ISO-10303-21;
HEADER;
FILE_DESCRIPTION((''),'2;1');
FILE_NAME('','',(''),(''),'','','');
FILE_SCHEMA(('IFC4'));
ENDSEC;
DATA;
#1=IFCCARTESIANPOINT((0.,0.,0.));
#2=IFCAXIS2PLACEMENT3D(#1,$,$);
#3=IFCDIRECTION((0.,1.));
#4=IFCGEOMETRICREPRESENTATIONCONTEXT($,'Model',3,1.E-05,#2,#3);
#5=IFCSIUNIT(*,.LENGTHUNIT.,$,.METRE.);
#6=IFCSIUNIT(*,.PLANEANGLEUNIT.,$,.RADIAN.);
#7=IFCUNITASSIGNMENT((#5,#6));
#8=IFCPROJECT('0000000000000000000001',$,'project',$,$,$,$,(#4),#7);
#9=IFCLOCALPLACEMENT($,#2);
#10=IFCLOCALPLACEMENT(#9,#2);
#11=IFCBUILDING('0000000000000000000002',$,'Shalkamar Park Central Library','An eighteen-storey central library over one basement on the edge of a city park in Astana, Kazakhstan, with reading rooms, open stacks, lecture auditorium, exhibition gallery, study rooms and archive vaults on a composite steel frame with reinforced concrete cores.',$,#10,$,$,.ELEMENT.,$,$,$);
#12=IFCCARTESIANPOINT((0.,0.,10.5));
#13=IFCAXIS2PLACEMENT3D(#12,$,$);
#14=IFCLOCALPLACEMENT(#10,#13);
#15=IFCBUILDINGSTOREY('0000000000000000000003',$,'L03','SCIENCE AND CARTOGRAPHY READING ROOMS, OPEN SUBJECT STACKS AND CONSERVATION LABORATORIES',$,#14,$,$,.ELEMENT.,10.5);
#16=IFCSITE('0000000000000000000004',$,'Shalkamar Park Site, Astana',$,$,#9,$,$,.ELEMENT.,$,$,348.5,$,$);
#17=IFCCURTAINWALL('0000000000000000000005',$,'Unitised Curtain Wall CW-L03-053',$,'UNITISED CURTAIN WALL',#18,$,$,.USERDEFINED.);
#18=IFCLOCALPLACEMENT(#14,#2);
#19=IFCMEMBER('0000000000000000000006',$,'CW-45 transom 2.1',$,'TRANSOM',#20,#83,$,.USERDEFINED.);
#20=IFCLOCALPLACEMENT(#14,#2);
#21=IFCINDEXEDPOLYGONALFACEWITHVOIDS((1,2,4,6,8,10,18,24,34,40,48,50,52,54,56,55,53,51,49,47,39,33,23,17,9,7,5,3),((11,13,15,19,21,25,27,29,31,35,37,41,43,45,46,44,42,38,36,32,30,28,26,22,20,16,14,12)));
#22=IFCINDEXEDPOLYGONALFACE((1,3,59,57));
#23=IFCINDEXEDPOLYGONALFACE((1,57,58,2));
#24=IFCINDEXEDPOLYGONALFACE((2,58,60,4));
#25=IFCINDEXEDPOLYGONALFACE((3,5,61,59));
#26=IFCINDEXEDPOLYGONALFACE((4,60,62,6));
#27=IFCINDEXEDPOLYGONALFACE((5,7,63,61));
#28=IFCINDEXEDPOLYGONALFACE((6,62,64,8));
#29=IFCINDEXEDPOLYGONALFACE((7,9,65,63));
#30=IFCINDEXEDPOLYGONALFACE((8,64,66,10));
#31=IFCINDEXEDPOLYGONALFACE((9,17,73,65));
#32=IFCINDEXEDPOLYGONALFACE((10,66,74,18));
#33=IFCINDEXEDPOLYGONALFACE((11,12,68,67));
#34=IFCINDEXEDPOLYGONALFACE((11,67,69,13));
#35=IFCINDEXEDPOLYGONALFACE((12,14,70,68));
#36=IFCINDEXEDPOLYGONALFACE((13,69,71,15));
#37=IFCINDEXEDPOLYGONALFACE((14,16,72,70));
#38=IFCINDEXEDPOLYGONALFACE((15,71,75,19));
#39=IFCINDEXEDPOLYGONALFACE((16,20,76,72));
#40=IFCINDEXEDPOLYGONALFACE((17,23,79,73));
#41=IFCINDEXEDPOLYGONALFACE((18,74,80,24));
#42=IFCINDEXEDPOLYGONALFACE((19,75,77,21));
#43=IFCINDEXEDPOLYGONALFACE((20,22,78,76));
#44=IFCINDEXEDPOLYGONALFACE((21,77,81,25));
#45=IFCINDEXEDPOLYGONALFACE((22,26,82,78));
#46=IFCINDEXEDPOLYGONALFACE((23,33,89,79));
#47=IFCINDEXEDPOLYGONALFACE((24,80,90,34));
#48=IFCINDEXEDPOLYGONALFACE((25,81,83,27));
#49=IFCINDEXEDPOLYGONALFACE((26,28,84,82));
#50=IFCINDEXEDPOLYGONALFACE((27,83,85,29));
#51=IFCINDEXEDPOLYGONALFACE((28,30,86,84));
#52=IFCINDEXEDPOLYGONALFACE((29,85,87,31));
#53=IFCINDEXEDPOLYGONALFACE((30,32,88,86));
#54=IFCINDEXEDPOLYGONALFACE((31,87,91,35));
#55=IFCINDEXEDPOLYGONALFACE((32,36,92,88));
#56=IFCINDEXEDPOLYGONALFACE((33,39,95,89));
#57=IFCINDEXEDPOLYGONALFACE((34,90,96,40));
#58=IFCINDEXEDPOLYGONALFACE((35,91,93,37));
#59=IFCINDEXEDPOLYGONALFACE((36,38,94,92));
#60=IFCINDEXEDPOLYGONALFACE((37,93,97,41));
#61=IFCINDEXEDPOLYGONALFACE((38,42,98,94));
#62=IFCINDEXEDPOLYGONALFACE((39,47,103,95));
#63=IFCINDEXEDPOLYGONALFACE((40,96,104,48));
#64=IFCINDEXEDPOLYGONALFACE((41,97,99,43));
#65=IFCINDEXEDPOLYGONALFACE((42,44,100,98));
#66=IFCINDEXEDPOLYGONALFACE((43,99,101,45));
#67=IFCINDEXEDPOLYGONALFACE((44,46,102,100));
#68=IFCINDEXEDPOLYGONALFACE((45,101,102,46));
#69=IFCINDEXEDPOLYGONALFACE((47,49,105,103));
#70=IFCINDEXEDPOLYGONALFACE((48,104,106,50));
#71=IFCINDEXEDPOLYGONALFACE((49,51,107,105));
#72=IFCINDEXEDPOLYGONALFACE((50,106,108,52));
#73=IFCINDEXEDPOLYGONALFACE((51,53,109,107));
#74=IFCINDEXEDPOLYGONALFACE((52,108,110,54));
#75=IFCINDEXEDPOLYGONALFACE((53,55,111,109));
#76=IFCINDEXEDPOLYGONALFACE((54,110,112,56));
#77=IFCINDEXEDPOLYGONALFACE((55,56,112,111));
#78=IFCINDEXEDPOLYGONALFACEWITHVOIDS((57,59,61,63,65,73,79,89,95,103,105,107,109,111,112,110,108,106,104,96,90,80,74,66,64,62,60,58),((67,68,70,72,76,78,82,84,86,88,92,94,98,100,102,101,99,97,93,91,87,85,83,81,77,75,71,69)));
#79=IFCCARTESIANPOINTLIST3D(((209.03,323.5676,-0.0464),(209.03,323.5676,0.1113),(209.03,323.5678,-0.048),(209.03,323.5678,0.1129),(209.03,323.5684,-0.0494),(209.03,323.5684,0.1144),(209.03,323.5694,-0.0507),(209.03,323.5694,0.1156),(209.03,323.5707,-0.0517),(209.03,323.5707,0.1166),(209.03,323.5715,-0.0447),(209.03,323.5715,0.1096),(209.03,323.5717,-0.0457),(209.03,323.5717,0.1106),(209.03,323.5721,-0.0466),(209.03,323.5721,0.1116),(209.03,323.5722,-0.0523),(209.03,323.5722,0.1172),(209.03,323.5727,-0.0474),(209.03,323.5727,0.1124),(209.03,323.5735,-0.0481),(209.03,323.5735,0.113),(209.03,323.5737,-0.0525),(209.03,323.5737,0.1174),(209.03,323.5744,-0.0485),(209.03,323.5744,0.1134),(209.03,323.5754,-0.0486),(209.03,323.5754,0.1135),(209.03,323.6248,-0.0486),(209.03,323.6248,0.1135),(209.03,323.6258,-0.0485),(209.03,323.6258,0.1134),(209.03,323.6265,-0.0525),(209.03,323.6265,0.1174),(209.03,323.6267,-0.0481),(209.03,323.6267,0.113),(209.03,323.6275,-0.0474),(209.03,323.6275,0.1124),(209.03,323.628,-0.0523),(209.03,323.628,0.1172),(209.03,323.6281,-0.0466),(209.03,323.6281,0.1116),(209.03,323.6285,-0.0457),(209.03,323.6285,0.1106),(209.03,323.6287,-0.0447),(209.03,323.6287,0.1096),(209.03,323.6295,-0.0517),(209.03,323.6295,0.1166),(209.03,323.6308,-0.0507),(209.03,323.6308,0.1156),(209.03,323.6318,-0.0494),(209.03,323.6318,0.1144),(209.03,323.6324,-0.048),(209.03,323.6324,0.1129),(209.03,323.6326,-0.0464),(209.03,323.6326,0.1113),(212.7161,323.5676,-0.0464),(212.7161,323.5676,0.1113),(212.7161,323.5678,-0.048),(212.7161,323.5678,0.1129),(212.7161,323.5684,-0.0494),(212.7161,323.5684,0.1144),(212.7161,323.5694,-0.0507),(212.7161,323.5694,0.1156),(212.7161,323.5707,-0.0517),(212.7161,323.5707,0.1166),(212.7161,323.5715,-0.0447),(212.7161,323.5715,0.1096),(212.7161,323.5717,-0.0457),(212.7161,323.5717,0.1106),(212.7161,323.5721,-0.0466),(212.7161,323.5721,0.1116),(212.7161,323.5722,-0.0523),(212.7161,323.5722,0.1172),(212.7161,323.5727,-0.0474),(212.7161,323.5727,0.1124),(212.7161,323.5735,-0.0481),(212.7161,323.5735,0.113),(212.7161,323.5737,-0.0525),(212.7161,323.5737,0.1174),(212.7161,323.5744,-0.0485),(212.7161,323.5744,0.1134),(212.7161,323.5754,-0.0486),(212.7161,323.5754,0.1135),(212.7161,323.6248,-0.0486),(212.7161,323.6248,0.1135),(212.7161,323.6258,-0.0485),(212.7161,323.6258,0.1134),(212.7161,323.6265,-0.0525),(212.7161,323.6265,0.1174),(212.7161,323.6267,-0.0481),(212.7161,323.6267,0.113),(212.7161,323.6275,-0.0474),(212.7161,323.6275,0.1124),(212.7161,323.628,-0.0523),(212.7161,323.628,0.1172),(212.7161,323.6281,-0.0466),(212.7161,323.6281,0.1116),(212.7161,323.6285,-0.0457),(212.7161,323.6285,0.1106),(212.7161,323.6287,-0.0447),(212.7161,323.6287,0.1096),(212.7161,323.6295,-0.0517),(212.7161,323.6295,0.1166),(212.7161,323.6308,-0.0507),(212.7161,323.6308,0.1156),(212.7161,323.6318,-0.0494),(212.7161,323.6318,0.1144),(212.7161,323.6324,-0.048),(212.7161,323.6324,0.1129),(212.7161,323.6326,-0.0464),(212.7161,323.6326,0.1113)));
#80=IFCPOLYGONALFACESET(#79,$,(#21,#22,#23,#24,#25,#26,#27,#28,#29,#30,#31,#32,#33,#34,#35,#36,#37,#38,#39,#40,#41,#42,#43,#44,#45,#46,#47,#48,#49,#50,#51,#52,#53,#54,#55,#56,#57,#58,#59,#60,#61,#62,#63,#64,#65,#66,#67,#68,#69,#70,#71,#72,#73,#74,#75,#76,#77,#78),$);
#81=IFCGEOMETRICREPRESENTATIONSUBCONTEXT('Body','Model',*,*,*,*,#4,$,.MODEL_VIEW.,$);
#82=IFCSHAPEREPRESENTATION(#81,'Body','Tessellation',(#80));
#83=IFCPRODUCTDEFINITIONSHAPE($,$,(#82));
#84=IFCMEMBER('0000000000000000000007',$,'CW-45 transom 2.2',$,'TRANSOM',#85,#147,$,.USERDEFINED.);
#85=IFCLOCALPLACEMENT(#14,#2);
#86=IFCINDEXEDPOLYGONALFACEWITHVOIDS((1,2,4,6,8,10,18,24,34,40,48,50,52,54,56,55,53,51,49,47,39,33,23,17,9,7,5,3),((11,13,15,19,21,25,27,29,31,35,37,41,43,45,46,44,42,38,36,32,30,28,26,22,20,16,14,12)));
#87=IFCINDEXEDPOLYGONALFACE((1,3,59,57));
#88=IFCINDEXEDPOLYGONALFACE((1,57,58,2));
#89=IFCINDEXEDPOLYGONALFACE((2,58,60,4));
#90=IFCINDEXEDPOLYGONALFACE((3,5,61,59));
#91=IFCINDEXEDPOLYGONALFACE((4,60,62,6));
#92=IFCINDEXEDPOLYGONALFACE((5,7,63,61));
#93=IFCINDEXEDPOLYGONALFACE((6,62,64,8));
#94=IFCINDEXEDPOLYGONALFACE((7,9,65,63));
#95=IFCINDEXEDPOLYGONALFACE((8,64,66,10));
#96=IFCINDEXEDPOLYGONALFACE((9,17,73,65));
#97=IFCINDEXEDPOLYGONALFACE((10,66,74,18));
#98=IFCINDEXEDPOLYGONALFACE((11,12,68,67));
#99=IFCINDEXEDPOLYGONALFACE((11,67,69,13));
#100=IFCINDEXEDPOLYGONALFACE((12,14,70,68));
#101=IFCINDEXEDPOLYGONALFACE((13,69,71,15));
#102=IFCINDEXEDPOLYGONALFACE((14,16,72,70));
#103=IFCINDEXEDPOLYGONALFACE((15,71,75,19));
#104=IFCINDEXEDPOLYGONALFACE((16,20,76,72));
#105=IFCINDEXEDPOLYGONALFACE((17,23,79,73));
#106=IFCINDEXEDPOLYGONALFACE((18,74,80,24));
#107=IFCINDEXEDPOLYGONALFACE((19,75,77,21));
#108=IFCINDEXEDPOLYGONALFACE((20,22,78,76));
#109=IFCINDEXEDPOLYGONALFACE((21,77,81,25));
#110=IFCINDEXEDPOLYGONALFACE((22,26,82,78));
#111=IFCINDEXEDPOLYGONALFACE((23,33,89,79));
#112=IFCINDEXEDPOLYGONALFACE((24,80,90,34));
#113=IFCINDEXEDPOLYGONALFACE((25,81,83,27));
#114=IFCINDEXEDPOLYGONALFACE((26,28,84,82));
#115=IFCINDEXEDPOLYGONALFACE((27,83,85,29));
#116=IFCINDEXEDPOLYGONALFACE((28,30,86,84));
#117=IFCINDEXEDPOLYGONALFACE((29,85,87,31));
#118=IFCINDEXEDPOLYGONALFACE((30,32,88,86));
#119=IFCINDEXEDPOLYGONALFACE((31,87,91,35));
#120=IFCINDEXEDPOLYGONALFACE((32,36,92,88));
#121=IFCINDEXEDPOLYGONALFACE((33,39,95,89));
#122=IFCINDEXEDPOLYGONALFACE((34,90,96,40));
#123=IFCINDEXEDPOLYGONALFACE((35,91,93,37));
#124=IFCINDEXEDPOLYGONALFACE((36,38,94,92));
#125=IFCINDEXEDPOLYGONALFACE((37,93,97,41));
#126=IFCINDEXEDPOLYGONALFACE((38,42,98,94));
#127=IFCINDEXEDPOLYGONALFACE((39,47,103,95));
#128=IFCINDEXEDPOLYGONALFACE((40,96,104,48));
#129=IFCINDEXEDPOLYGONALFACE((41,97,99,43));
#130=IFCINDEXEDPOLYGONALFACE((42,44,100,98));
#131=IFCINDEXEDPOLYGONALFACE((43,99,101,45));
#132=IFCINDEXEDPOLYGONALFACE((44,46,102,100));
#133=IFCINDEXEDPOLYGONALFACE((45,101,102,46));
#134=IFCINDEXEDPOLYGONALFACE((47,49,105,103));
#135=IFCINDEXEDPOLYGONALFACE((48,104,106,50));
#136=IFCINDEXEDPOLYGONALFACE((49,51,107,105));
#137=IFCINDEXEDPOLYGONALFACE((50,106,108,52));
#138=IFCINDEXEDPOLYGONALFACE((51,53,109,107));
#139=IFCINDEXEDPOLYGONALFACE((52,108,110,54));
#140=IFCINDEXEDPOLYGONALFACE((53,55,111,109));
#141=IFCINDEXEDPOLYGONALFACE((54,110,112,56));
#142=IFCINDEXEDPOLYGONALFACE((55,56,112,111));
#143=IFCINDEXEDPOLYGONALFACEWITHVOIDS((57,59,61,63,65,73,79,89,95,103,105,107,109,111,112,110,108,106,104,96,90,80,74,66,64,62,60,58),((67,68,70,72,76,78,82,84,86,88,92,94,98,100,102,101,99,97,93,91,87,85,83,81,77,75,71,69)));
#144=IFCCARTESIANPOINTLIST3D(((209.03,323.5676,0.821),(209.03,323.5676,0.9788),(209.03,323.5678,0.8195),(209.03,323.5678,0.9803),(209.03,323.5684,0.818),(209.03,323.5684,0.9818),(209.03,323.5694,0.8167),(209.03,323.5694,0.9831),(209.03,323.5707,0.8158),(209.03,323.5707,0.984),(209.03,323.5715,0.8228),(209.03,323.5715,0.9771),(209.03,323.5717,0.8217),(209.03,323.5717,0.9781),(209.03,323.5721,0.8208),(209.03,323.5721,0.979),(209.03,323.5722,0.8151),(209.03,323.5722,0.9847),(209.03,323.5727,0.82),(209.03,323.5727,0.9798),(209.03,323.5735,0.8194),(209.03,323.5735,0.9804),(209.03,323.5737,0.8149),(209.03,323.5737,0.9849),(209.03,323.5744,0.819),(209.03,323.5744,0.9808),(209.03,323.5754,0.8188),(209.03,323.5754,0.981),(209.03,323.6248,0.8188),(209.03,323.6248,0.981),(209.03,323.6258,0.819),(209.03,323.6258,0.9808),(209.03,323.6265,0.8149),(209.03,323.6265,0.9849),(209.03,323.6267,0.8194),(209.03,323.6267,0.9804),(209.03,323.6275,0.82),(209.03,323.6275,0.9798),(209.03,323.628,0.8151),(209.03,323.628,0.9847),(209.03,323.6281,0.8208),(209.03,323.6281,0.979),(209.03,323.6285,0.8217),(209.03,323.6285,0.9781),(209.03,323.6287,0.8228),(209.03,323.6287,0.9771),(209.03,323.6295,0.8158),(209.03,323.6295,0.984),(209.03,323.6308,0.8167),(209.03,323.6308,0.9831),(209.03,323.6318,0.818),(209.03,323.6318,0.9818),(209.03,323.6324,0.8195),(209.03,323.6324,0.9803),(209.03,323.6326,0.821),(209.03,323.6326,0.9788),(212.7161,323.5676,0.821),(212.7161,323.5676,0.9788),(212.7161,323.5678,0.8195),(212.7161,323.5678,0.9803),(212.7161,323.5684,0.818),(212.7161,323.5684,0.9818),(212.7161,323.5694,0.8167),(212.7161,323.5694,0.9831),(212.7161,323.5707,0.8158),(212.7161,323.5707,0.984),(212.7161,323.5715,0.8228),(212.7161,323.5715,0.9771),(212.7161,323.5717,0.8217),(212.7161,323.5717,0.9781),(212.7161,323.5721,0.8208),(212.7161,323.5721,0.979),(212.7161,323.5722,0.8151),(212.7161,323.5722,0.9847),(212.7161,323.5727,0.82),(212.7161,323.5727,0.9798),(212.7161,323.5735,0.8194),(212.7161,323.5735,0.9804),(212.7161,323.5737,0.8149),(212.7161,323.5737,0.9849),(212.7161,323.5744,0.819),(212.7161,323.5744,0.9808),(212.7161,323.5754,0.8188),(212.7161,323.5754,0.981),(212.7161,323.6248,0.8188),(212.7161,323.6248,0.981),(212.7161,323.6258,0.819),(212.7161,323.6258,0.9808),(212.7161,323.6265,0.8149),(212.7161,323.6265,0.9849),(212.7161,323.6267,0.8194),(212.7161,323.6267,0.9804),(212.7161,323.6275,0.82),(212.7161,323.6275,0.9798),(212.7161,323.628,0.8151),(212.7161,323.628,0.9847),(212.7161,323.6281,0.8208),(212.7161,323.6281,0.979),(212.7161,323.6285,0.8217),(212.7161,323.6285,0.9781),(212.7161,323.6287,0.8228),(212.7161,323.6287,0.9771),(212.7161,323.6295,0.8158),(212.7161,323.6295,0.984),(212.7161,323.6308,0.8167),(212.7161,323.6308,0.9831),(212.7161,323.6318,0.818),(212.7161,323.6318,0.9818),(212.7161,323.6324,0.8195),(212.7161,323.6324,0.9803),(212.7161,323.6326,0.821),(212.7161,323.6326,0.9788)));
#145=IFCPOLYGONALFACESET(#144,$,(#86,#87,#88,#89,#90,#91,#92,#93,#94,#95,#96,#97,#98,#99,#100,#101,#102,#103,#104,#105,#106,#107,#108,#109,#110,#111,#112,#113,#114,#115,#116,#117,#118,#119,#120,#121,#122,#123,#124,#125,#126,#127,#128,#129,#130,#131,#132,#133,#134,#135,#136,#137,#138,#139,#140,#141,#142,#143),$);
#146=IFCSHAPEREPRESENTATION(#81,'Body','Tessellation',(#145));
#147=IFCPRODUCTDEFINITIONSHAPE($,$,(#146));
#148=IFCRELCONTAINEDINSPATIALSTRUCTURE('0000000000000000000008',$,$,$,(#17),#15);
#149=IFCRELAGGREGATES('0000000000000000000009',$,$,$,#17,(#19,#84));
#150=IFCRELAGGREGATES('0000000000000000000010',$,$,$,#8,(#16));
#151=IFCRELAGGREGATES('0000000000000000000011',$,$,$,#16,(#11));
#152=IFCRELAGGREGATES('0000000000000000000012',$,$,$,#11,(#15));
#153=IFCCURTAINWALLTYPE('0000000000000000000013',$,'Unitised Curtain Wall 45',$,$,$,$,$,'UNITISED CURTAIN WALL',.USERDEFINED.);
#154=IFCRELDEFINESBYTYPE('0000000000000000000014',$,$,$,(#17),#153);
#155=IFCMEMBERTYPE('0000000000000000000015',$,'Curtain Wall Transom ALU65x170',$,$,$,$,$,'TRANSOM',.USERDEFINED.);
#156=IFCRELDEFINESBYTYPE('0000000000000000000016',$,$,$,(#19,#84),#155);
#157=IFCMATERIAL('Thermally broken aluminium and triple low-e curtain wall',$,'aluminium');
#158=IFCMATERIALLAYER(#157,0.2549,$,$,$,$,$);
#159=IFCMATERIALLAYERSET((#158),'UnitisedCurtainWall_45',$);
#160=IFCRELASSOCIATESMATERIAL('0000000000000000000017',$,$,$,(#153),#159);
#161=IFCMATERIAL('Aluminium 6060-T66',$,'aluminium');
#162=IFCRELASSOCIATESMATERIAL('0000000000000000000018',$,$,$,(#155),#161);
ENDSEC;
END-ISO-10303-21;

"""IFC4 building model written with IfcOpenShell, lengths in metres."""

from ifc_helpers import new_model, si_unit, direction, frame, origin, origin_2d, place, context, subcontext, project, spatial, hollow_rectangle, extrude, material, layer, layer_set, material_profile, profile_set, type_object, element, aggregate, save


model = new_model("IFC4")

# Units and contexts
model_context = context("Model", 3, precision=1e-05, world=origin(), true_north=direction((0.0, 1.0)))
body_context = subcontext(model_context, "Body", "Model", "MODEL_VIEW")
ifc_project = project(units=[si_unit("LENGTHUNIT", "METRE"), si_unit("PLANEANGLEUNIT", "RADIAN")], contexts=[model_context])

# Site, building, storey
site_placement = place(None, origin())
site = spatial("IfcSite", under=ifc_project, at=site_placement, Name="Shalkamar Park Site, Astana", CompositionType="ELEMENT", RefElevation=348.5)
building_placement = place(site_placement, origin())
building = spatial("IfcBuilding", under=site, at=building_placement, Name="Shalkamar Park Central Library", Description="An eighteen-storey central library over one basement on the edge of a city park in Astana, Kazakhstan, with reading rooms, open stacks, lecture auditorium, exhibition gallery, study rooms and archive vaults on a composite steel frame with reinforced concrete cores.", CompositionType="ELEMENT")
storey_placement = place(building_placement, frame((0.0, 0.0, 10.5)))
storey = spatial("IfcBuildingStorey", under=building, at=storey_placement, Name="L03", Description="SCIENCE AND CARTOGRAPHY READING ROOMS, OPEN SUBJECT STACKS AND CONSERVATION LABORATORIES", CompositionType="ELEMENT", Elevation=10.5)

# Shared definitions
ifc_material_1 = material(Name="Thermally broken aluminium and triple low-e curtain wall", Category="aluminium")
ifc_material_2 = material(Name="Aluminium 6060-T66", Category="aluminium")

# Curtain wall, members
ifc_layer_1 = layer(ifc_material_1, 0.2549)
ifc_layer_set_1 = layer_set([ifc_layer_1], Name="UnitisedCurtainWall_45")
curtain_wall_type_1 = type_object("IfcCurtainWallType", Name="Unitised Curtain Wall 45", ElementType="UNITISED CURTAIN WALL", PredefinedType="USERDEFINED", material=ifc_layer_set_1)
curtain_wall_1_placement = place(storey_placement, origin())
curtain_wall_1 = element("IfcCurtainWall", 1, at=curtain_wall_1_placement, inside=storey, type_object=curtain_wall_type_1, Name="Unitised Curtain Wall CW-L03-053", ObjectType="UNITISED CURTAIN WALL", PredefinedType="USERDEFINED")
ifc_material_profile_1 = material_profile(ifc_material_2, hollow_rectangle(XDim=0.0649, YDim=0.1699, WallThickness=0.0039, InnerFilletRadius=0.0039, OuterFilletRadius=0.0061, at=origin_2d()), Name="ALU 65x170x4")
ifc_profile_set_1 = profile_set([ifc_material_profile_1], Name="Aluminium 6060-T66")
member_type_1 = type_object("IfcMemberType", Name="Curtain Wall Transom ALU65x170", ElementType="TRANSOM", PredefinedType="USERDEFINED", material=ifc_profile_set_1)
member_1_placement = place(storey_placement, frame((209.03, 323.6001, 0.0325), z_axis=(1.0, 0.0, 0.0), x_axis=(0.0, 1.0, 0.0)))
member_1 = element("IfcMember", 2, at=member_1_placement, type_object=member_type_1, Name="CW-45 transom 2.1", ObjectType="TRANSOM", PredefinedType="USERDEFINED", context=body_context, shape_type="SweptSolid", body=[
    extrude(hollow_rectangle(XDim=0.0649, YDim=0.1699, WallThickness=0.0039, InnerFilletRadius=0.0039, OuterFilletRadius=0.0061, at=origin_2d()), origin(), (0.0, 0.0, 1.0), 3.686),
])
member_2_placement = place(storey_placement, frame((209.03, 323.6001, 0.8999), z_axis=(1.0, 0.0, 0.0), x_axis=(0.0, 1.0, 0.0)))
member_2 = element("IfcMember", 3, at=member_2_placement, type_object=member_type_1, Name="CW-45 transom 2.2", ObjectType="TRANSOM", PredefinedType="USERDEFINED", context=body_context, shape_type="SweptSolid", body=[
    extrude(hollow_rectangle(XDim=0.0649, YDim=0.1699, WallThickness=0.0039, InnerFilletRadius=0.0039, OuterFilletRadius=0.0061, at=origin_2d()), origin(), (0.0, 0.0, 1.0), 3.686),
])

aggregate(curtain_wall_1, [member_1, member_2])

save(model, "model.ifc")
